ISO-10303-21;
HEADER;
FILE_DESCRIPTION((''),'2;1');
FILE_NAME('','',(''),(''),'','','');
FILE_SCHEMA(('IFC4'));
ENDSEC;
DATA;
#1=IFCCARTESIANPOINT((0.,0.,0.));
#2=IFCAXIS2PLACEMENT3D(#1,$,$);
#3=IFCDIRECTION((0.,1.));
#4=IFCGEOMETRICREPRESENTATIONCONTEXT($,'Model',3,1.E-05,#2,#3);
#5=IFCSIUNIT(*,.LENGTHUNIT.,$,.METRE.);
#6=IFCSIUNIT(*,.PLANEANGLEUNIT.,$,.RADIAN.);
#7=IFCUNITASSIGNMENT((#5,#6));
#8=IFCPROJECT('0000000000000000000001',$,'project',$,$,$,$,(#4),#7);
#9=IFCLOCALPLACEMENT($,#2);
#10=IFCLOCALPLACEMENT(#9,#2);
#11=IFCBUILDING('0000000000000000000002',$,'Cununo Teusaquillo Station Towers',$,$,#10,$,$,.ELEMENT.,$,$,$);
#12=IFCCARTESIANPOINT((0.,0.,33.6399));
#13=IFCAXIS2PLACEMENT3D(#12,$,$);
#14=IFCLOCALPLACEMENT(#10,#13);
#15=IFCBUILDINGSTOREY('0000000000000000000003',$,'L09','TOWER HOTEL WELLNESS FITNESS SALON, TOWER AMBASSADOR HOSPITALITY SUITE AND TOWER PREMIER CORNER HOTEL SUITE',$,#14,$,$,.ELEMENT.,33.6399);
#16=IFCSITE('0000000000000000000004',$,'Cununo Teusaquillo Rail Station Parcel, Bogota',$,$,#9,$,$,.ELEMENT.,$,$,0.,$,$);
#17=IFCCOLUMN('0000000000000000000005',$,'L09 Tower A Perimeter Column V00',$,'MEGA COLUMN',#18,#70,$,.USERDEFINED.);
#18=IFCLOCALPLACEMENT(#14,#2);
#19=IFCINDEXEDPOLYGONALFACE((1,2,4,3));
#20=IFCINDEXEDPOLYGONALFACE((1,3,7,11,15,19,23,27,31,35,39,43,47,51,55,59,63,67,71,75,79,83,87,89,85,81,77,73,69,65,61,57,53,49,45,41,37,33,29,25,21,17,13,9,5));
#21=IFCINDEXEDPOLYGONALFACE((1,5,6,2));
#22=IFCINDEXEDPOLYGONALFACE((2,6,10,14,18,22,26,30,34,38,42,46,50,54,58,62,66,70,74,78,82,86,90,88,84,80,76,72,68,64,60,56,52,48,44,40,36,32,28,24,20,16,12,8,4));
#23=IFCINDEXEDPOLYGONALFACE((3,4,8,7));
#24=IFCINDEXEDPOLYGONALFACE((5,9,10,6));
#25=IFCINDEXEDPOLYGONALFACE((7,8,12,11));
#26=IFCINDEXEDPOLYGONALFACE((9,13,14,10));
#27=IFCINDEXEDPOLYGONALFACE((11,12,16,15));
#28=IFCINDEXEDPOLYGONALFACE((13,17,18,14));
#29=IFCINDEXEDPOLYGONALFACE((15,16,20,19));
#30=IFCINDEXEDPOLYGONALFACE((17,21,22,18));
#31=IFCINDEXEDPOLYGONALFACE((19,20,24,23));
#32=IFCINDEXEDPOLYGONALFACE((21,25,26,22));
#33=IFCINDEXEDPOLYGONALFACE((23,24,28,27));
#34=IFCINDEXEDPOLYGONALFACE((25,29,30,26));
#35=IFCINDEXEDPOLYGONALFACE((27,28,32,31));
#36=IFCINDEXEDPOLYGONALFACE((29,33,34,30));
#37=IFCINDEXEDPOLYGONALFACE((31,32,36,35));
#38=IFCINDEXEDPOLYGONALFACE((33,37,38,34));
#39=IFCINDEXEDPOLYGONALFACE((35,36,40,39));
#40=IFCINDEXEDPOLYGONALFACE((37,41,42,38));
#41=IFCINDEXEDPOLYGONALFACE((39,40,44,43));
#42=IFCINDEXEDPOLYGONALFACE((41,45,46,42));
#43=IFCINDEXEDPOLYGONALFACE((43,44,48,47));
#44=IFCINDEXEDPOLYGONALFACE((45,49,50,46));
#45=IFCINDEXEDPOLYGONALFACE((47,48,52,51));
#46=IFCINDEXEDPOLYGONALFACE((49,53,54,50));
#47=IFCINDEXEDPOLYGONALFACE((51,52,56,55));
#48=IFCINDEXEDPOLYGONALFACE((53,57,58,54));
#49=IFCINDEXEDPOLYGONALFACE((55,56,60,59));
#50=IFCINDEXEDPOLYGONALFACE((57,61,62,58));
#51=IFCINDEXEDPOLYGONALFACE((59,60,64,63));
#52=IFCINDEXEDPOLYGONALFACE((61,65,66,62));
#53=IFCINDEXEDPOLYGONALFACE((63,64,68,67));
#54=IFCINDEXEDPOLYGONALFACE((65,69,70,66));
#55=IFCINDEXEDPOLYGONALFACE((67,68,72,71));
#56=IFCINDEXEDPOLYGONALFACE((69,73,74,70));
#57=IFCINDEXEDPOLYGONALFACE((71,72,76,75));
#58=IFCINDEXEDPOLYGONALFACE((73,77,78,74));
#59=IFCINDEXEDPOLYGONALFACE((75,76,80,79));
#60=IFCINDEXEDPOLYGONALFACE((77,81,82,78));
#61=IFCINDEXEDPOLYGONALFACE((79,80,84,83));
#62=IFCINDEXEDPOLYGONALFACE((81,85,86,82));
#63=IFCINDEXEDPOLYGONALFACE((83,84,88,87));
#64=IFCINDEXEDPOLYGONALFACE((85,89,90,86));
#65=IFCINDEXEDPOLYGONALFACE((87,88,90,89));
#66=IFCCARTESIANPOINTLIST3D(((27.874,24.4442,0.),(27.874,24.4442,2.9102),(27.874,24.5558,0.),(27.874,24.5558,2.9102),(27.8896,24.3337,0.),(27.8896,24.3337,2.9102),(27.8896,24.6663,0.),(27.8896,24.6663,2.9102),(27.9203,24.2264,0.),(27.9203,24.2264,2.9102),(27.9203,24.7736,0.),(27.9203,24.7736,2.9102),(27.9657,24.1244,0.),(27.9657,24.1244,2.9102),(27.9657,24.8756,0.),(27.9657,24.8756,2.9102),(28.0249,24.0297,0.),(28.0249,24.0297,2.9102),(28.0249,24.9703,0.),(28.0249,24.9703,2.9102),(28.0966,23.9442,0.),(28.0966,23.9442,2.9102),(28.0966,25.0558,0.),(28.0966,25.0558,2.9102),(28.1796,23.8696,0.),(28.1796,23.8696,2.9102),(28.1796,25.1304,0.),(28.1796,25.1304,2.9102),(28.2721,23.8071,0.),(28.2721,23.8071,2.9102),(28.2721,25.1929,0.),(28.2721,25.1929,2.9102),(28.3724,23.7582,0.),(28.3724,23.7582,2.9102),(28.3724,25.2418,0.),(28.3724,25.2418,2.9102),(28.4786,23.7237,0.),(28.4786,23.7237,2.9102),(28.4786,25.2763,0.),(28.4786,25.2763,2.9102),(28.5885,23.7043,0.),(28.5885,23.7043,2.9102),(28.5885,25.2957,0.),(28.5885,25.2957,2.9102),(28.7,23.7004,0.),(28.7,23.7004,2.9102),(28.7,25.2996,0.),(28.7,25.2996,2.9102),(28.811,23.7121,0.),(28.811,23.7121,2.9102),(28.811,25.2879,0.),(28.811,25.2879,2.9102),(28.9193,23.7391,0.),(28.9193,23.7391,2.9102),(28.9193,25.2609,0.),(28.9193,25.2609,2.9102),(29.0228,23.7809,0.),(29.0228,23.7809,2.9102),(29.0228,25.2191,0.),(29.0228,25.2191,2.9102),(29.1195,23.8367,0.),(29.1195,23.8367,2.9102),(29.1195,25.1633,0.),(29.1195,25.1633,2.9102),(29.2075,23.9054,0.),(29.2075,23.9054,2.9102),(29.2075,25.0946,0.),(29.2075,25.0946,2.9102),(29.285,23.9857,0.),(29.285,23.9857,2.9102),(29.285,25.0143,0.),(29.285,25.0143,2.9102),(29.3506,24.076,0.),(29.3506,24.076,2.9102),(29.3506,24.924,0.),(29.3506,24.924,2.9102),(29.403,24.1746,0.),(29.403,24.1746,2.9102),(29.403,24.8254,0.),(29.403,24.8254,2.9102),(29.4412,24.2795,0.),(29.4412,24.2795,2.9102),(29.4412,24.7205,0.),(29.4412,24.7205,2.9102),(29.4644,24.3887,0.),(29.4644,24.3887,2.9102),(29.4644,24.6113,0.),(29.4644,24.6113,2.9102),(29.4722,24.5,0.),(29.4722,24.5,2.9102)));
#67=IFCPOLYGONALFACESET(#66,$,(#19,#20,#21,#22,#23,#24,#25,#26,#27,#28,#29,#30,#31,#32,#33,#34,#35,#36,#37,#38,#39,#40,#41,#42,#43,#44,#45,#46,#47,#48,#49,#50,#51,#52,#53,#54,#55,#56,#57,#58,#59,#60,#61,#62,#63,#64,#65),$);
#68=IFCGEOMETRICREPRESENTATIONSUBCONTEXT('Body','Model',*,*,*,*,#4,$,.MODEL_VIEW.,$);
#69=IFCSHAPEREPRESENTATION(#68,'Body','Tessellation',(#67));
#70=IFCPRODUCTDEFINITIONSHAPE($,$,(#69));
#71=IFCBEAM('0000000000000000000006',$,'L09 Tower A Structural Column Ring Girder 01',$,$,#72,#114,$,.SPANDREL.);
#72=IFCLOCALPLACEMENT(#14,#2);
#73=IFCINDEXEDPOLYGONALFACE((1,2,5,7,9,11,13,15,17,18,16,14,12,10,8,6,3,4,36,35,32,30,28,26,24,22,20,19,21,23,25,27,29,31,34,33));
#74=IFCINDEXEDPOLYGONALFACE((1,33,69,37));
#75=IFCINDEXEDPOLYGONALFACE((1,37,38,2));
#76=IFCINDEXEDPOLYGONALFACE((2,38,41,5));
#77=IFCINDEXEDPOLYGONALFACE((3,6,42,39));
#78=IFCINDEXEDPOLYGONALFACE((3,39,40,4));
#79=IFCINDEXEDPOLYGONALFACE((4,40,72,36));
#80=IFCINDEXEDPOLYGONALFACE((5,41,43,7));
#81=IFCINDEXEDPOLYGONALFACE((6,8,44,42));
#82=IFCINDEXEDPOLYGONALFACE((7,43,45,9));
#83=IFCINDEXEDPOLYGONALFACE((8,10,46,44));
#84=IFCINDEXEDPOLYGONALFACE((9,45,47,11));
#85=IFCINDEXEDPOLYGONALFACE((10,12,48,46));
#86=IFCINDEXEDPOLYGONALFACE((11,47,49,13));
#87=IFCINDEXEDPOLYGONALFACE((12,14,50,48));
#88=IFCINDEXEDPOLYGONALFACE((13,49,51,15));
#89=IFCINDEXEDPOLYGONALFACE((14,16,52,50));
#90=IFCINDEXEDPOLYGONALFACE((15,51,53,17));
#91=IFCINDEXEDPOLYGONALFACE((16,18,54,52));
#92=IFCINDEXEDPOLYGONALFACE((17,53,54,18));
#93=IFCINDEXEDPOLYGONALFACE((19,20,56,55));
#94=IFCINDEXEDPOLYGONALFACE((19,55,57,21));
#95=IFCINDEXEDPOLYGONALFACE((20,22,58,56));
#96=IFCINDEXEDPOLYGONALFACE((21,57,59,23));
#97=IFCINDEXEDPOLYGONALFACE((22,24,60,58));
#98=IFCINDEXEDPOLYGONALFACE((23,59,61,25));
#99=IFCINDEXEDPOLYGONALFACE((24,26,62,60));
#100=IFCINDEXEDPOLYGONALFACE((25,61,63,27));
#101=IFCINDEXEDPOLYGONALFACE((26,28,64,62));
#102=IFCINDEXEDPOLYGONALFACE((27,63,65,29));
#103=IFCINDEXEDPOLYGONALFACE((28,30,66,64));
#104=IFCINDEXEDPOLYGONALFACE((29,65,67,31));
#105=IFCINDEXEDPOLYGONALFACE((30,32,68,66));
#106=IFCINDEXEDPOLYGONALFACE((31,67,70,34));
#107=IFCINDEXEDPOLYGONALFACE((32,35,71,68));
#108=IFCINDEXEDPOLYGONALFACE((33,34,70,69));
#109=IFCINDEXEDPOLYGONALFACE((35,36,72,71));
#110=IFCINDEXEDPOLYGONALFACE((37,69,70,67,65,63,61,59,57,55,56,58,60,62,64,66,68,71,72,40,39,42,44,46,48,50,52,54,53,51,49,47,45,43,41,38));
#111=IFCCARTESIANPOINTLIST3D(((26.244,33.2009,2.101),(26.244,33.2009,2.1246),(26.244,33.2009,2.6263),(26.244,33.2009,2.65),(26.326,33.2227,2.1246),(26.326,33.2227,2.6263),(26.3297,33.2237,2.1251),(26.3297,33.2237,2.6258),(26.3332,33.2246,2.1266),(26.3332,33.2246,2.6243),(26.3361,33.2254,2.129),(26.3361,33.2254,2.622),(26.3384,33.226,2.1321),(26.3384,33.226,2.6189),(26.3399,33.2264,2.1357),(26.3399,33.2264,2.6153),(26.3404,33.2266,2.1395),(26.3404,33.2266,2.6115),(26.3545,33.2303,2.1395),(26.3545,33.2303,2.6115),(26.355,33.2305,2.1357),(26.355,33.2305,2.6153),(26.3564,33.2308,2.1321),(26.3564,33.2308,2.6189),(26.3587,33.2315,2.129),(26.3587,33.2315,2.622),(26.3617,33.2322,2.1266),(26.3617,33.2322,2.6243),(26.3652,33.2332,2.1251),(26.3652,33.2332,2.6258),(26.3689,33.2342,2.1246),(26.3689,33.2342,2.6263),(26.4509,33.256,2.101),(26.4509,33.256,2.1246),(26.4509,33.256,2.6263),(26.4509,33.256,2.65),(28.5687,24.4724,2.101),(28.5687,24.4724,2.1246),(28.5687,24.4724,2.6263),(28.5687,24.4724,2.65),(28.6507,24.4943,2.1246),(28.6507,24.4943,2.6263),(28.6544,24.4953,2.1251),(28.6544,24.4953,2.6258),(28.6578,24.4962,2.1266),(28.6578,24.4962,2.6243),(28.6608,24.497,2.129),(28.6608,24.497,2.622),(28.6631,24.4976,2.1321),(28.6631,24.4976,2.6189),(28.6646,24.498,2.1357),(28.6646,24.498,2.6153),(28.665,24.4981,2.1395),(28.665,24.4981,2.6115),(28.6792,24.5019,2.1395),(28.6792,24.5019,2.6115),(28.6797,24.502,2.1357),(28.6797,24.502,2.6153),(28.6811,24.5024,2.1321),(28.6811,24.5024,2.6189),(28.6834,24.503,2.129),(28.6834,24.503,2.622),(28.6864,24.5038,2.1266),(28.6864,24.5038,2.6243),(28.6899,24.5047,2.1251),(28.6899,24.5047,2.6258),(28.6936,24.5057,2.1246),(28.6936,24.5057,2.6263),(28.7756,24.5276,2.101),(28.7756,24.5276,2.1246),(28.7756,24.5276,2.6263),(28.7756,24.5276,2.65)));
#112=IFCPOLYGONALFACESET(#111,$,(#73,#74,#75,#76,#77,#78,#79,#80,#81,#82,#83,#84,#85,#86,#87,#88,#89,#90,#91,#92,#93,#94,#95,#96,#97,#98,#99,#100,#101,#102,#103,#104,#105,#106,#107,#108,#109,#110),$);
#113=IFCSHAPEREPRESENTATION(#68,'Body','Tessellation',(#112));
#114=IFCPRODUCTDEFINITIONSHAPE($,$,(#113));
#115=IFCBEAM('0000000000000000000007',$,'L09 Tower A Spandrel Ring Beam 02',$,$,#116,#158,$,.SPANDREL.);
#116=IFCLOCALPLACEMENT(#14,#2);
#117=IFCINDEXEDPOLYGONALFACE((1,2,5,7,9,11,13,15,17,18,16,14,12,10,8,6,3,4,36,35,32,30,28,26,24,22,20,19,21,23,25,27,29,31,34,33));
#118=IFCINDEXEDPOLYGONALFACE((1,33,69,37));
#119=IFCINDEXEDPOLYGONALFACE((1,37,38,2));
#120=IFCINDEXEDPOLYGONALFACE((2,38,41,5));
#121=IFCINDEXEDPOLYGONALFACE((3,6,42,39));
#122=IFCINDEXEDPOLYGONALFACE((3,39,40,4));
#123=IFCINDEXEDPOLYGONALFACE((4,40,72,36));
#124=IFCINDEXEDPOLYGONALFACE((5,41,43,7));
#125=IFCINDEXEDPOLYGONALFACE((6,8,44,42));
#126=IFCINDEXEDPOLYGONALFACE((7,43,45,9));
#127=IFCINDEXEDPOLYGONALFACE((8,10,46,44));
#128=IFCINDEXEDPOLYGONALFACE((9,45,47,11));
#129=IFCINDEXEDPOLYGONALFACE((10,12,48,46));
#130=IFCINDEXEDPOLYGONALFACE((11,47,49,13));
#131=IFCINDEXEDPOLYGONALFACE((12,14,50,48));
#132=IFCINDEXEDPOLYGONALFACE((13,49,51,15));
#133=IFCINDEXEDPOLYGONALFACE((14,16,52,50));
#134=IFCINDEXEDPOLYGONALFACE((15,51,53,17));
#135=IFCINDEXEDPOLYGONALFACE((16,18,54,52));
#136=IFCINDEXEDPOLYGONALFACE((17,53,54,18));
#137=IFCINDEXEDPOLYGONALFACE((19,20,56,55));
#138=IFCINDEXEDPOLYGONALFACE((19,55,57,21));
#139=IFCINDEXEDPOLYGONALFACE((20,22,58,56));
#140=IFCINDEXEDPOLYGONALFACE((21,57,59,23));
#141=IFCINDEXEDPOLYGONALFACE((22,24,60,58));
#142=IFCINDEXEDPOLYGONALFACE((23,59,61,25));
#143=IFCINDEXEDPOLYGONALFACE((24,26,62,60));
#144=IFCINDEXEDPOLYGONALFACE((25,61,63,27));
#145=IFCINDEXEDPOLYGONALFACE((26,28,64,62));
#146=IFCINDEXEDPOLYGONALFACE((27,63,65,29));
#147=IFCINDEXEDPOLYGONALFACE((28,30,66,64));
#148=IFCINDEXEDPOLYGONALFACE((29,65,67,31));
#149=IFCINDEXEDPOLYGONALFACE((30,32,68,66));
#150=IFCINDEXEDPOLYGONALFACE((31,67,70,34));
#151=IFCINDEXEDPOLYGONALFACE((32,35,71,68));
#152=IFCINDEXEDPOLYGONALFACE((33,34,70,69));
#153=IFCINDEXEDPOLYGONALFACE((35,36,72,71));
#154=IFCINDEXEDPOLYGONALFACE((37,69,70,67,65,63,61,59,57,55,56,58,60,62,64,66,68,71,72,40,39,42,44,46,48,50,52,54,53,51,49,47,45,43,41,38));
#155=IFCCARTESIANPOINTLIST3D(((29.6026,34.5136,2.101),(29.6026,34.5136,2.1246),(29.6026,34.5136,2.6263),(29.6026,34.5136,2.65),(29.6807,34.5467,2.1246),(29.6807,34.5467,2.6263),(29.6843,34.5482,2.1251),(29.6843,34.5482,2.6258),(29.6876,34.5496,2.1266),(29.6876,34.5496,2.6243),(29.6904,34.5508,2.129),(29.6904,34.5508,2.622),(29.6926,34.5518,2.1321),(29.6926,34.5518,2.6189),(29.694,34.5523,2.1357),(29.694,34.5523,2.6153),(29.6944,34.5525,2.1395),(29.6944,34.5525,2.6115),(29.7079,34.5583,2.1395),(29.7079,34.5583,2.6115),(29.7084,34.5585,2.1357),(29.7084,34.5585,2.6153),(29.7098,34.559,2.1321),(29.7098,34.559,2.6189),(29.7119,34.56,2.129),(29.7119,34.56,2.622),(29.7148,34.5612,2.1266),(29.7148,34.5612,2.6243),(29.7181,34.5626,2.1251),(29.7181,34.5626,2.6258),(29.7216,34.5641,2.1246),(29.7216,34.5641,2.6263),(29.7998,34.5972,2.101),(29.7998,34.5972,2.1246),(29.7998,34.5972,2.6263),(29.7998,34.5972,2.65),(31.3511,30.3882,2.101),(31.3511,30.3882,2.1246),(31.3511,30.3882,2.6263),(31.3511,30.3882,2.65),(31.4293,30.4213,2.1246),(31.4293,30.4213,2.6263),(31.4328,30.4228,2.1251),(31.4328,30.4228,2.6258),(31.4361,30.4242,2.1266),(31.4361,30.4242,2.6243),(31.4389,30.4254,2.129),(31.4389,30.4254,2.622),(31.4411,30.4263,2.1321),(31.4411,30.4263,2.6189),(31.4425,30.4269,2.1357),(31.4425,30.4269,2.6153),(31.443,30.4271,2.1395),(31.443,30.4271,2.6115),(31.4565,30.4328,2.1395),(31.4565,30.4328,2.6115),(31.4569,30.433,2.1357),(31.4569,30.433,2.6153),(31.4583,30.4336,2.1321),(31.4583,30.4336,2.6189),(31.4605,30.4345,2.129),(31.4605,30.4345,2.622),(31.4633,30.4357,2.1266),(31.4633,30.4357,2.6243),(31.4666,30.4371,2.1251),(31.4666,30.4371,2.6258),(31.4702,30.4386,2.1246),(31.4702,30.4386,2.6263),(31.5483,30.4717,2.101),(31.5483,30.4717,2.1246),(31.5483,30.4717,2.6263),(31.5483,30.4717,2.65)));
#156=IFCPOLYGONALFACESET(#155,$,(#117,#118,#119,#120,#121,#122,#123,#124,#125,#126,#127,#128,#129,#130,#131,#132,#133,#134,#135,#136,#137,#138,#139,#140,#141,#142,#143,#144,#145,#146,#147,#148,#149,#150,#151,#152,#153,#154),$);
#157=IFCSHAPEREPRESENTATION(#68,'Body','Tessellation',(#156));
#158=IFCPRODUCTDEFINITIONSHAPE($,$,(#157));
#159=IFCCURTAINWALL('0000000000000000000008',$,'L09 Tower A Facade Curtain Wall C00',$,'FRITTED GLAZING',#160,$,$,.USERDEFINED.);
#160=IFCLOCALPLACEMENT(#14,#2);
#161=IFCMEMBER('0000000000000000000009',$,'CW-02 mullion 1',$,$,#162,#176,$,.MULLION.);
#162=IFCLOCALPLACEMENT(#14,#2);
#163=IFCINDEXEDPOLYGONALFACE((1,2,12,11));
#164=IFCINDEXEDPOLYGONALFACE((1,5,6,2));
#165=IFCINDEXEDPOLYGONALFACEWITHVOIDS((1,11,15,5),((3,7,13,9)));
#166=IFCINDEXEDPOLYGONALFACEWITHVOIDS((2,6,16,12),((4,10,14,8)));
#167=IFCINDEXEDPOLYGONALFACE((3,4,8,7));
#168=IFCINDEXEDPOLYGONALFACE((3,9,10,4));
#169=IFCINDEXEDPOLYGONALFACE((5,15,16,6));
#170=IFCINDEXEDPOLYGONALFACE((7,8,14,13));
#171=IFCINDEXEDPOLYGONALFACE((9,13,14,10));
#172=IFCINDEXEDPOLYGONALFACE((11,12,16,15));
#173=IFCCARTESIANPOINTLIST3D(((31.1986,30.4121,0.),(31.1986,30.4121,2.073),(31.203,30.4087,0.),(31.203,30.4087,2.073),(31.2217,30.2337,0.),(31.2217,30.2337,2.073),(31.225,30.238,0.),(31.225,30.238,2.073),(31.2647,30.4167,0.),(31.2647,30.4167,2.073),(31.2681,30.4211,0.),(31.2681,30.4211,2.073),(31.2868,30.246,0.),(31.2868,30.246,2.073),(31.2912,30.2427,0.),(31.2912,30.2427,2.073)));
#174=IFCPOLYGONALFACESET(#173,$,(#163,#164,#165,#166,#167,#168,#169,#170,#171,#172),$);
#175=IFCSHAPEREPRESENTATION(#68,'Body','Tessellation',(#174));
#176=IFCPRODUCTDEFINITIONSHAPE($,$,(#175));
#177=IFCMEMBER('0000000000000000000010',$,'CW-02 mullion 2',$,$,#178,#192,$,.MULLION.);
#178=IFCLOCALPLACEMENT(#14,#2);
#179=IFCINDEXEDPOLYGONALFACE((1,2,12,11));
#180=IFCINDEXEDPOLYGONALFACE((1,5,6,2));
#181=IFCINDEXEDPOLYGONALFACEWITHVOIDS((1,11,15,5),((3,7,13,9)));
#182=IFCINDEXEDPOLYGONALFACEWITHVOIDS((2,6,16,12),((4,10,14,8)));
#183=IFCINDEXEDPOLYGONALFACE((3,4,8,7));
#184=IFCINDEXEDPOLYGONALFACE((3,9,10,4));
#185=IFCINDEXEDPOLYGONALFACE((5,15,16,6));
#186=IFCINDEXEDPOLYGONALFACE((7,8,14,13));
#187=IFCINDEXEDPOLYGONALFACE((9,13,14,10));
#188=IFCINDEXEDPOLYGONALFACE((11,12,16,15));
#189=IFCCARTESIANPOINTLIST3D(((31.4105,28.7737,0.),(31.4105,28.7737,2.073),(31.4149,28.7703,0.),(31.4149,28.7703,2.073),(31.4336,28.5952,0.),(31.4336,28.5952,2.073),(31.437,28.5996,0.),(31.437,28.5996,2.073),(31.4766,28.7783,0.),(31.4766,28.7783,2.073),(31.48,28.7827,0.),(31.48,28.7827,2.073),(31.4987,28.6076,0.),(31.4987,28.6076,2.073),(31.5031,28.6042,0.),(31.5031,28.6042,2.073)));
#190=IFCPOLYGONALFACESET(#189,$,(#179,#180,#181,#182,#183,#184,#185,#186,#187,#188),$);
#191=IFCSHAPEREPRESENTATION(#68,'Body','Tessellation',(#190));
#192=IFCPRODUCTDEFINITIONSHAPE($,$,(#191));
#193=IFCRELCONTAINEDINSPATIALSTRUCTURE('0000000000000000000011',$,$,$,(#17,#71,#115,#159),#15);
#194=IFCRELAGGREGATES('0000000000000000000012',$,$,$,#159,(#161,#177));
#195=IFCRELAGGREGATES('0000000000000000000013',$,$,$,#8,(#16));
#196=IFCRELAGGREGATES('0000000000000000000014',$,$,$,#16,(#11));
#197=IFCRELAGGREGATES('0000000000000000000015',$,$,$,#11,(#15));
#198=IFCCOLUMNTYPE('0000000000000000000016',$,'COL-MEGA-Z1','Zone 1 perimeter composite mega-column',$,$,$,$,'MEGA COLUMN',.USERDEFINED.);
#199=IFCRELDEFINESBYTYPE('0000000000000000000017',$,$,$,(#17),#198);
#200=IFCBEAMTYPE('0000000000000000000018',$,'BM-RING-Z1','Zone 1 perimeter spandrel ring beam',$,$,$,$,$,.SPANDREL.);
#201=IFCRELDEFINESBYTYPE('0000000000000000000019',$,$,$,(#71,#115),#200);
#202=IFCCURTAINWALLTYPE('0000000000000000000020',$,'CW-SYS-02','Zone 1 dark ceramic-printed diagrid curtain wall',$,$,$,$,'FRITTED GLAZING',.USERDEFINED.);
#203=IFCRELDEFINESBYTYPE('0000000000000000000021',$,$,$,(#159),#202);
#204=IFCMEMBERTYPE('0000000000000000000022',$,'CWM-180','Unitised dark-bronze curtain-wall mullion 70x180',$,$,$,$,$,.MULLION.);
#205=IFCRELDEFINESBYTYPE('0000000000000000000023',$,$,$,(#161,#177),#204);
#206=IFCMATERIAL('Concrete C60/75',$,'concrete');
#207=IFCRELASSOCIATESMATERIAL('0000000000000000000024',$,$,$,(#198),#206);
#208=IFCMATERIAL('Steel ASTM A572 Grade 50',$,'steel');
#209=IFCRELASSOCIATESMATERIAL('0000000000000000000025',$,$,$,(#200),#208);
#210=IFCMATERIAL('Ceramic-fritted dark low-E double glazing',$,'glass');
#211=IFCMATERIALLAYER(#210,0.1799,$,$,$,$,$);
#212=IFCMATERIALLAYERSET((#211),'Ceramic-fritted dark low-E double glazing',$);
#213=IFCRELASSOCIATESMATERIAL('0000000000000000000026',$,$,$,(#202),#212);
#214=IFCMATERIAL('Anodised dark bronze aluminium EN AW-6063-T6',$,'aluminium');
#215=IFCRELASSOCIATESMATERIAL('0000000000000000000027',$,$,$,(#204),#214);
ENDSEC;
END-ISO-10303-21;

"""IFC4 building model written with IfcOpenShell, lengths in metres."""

from ifc_helpers import new_model, si_unit, direction, frame, origin, origin_2d, place, context, subcontext, project, spatial, hollow_rectangle, circle, i_section, extrude, material, layer, layer_set, material_profile, profile_set, type_object, element, aggregate, save


model = new_model("IFC4")

# Units and contexts
model_context = context("Model", 3, precision=1e-05, world=origin(), true_north=direction((0.0, 1.0)))
body_context = subcontext(model_context, "Body", "Model", "MODEL_VIEW")
ifc_project = project(units=[si_unit("LENGTHUNIT", "METRE"), si_unit("PLANEANGLEUNIT", "RADIAN")], contexts=[model_context])

# Site, building, storey
site_placement = place(None, origin())
site = spatial("IfcSite", under=ifc_project, at=site_placement, Name="Cununo Teusaquillo Rail Station Parcel, Bogota", CompositionType="ELEMENT", RefElevation=0.0)
building_placement = place(site_placement, origin())
building = spatial("IfcBuilding", under=site, at=building_placement, Name="Cununo Teusaquillo Station Towers", CompositionType="ELEMENT")
storey_placement = place(building_placement, frame((0.0, 0.0, 33.6399)))
storey = spatial("IfcBuildingStorey", under=building, at=storey_placement, Name="L09", Description="TOWER HOTEL WELLNESS FITNESS SALON, TOWER AMBASSADOR HOSPITALITY SUITE AND TOWER PREMIER CORNER HOTEL SUITE", CompositionType="ELEMENT", Elevation=33.6399)

# Column
ifc_material_1 = material(Name="Concrete C60/75", Category="concrete")
ifc_material_profile_1 = material_profile(ifc_material_1, circle(Radius=0.8, at=origin_2d()), Name="RC-CIRC-1600")
ifc_profile_set_1 = profile_set([ifc_material_profile_1], Name="Concrete C60/75")
column_type = type_object("IfcColumnType", Name="COL-MEGA-Z1", Description="Zone 1 perimeter composite mega-column", ElementType="MEGA COLUMN", PredefinedType="USERDEFINED", material=ifc_profile_set_1)
column_placement = place(storey_placement, frame((28.6721, 24.5, 0.0), z_axis=(0.0, 0.0, 1.0), x_axis=(1.0, 0.0, 0.0)))
element("IfcColumn", 1, at=column_placement, inside=storey, type_object=column_type, Name="L09 Tower A Perimeter Column V00", ObjectType="MEGA COLUMN", PredefinedType="USERDEFINED", context=body_context, shape_type="SweptSolid", body=[
    extrude(circle(Radius=0.8, at=origin_2d()), origin(), (0.0, 0.0, 1.0), 2.9102),
])

# Beams
ifc_material_2 = material(Name="Steel ASTM A572 Grade 50", Category="steel")
ifc_material_profile_2 = material_profile(ifc_material_2, i_section(OverallWidth=0.2141, OverallDepth=0.5491, WebThickness=0.0146, FlangeThickness=0.0237, FilletRadius=0.0149, at=origin_2d()), Name="W21X93")
ifc_profile_set_2 = profile_set([ifc_material_profile_2], Name="Steel ASTM A572 Grade 50")
beam_type = type_object("IfcBeamType", Name="BM-RING-Z1", Description="Zone 1 perimeter spandrel ring beam", PredefinedType="SPANDREL", material=ifc_profile_set_2)
beam_1_placement = place(storey_placement, frame((28.6721, 24.5, 2.3755), z_axis=(-0.257363, 0.966315, 0.0), x_axis=(-0.966315, -0.257363, 0.0)))
element("IfcBeam", 2, at=beam_1_placement, inside=storey, type_object=beam_type, Name="L09 Tower A Structural Column Ring Girder 01", PredefinedType="SPANDREL", context=body_context, shape_type="SweptSolid", body=[
    extrude(i_section(OverallWidth=0.2141, OverallDepth=0.5491, WebThickness=0.0146, FlangeThickness=0.0237, FilletRadius=0.0149, at=origin_2d()), origin(), (0.0, 0.0, 1.0), 9.0327),
])
beam_2_placement = place(storey_placement, frame((31.4497, 30.4299, 2.3755), z_axis=(-0.390234, 0.920716, 0.0), x_axis=(-0.920716, -0.390234, 0.0)))
element("IfcBeam", 3, at=beam_2_placement, inside=storey, type_object=beam_type, Name="L09 Tower A Spandrel Ring Beam 02", PredefinedType="SPANDREL", context=body_context, shape_type="SweptSolid", body=[
    extrude(i_section(OverallWidth=0.2141, OverallDepth=0.5491, WebThickness=0.0146, FlangeThickness=0.0237, FilletRadius=0.0149, at=origin_2d()), origin(), (0.0, 0.0, 1.0), 4.4807),
])

# Curtain wall, members
ifc_material_3 = material(Name="Ceramic-fritted dark low-E double glazing", Category="glass")
ifc_layer_1 = layer(ifc_material_3, 0.1799)
ifc_layer_set_1 = layer_set([ifc_layer_1], Name="Ceramic-fritted dark low-E double glazing")
curtain_wall_type = type_object("IfcCurtainWallType", Name="CW-SYS-02", Description="Zone 1 dark ceramic-printed diagrid curtain wall", ElementType="FRITTED GLAZING", PredefinedType="USERDEFINED", material=ifc_layer_set_1)
curtain_wall_placement = place(storey_placement, origin())
curtain_wall = element("IfcCurtainWall", 4, at=curtain_wall_placement, inside=storey, type_object=curtain_wall_type, Name="L09 Tower A Facade Curtain Wall C00", ObjectType="FRITTED GLAZING", PredefinedType="USERDEFINED")
ifc_material_4 = material(Name="Anodised dark bronze aluminium EN AW-6063-T6", Category="aluminium")
ifc_material_profile_3 = material_profile(ifc_material_4, hollow_rectangle(XDim=0.0701, YDim=0.1799, WallThickness=0.0039, at=origin_2d()), Name="CW-MULL-70x180")
ifc_profile_set_3 = profile_set([ifc_material_profile_3], Name="Anodised dark bronze aluminium EN AW-6063-T6")
member_type_1 = type_object("IfcMemberType", Name="CWM-180", Description="Unitised dark-bronze curtain-wall mullion 70x180", PredefinedType="MULLION", material=ifc_profile_set_3)
member_1_placement = place(storey_placement, frame((31.2449, 30.3274, 0.0), z_axis=(0.0, 0.0, 1.0), x_axis=(0.991731, 0.128336, 0.0)))
member_1 = element("IfcMember", 5, at=member_1_placement, type_object=member_type_1, Name="CW-02 mullion 1", PredefinedType="MULLION", context=body_context, shape_type="SweptSolid", body=[
    extrude(hollow_rectangle(XDim=0.0701, YDim=0.1799, WallThickness=0.0039, at=origin_2d()), origin(), (0.0, 0.0, 1.0), 2.073),
])
member_2_placement = place(storey_placement, frame((31.4568, 28.689, 0.0), z_axis=(0.0, 0.0, 1.0), x_axis=(0.991731, 0.128336, 0.0)))
member_2 = element("IfcMember", 6, at=member_2_placement, type_object=member_type_1, Name="CW-02 mullion 2", PredefinedType="MULLION", context=body_context, shape_type="SweptSolid", body=[
    extrude(hollow_rectangle(XDim=0.0701, YDim=0.1799, WallThickness=0.0039, at=origin_2d()), origin(), (0.0, 0.0, 1.0), 2.073),
])
aggregate(curtain_wall, [member_1, member_2])

save(model, "model.ifc")
